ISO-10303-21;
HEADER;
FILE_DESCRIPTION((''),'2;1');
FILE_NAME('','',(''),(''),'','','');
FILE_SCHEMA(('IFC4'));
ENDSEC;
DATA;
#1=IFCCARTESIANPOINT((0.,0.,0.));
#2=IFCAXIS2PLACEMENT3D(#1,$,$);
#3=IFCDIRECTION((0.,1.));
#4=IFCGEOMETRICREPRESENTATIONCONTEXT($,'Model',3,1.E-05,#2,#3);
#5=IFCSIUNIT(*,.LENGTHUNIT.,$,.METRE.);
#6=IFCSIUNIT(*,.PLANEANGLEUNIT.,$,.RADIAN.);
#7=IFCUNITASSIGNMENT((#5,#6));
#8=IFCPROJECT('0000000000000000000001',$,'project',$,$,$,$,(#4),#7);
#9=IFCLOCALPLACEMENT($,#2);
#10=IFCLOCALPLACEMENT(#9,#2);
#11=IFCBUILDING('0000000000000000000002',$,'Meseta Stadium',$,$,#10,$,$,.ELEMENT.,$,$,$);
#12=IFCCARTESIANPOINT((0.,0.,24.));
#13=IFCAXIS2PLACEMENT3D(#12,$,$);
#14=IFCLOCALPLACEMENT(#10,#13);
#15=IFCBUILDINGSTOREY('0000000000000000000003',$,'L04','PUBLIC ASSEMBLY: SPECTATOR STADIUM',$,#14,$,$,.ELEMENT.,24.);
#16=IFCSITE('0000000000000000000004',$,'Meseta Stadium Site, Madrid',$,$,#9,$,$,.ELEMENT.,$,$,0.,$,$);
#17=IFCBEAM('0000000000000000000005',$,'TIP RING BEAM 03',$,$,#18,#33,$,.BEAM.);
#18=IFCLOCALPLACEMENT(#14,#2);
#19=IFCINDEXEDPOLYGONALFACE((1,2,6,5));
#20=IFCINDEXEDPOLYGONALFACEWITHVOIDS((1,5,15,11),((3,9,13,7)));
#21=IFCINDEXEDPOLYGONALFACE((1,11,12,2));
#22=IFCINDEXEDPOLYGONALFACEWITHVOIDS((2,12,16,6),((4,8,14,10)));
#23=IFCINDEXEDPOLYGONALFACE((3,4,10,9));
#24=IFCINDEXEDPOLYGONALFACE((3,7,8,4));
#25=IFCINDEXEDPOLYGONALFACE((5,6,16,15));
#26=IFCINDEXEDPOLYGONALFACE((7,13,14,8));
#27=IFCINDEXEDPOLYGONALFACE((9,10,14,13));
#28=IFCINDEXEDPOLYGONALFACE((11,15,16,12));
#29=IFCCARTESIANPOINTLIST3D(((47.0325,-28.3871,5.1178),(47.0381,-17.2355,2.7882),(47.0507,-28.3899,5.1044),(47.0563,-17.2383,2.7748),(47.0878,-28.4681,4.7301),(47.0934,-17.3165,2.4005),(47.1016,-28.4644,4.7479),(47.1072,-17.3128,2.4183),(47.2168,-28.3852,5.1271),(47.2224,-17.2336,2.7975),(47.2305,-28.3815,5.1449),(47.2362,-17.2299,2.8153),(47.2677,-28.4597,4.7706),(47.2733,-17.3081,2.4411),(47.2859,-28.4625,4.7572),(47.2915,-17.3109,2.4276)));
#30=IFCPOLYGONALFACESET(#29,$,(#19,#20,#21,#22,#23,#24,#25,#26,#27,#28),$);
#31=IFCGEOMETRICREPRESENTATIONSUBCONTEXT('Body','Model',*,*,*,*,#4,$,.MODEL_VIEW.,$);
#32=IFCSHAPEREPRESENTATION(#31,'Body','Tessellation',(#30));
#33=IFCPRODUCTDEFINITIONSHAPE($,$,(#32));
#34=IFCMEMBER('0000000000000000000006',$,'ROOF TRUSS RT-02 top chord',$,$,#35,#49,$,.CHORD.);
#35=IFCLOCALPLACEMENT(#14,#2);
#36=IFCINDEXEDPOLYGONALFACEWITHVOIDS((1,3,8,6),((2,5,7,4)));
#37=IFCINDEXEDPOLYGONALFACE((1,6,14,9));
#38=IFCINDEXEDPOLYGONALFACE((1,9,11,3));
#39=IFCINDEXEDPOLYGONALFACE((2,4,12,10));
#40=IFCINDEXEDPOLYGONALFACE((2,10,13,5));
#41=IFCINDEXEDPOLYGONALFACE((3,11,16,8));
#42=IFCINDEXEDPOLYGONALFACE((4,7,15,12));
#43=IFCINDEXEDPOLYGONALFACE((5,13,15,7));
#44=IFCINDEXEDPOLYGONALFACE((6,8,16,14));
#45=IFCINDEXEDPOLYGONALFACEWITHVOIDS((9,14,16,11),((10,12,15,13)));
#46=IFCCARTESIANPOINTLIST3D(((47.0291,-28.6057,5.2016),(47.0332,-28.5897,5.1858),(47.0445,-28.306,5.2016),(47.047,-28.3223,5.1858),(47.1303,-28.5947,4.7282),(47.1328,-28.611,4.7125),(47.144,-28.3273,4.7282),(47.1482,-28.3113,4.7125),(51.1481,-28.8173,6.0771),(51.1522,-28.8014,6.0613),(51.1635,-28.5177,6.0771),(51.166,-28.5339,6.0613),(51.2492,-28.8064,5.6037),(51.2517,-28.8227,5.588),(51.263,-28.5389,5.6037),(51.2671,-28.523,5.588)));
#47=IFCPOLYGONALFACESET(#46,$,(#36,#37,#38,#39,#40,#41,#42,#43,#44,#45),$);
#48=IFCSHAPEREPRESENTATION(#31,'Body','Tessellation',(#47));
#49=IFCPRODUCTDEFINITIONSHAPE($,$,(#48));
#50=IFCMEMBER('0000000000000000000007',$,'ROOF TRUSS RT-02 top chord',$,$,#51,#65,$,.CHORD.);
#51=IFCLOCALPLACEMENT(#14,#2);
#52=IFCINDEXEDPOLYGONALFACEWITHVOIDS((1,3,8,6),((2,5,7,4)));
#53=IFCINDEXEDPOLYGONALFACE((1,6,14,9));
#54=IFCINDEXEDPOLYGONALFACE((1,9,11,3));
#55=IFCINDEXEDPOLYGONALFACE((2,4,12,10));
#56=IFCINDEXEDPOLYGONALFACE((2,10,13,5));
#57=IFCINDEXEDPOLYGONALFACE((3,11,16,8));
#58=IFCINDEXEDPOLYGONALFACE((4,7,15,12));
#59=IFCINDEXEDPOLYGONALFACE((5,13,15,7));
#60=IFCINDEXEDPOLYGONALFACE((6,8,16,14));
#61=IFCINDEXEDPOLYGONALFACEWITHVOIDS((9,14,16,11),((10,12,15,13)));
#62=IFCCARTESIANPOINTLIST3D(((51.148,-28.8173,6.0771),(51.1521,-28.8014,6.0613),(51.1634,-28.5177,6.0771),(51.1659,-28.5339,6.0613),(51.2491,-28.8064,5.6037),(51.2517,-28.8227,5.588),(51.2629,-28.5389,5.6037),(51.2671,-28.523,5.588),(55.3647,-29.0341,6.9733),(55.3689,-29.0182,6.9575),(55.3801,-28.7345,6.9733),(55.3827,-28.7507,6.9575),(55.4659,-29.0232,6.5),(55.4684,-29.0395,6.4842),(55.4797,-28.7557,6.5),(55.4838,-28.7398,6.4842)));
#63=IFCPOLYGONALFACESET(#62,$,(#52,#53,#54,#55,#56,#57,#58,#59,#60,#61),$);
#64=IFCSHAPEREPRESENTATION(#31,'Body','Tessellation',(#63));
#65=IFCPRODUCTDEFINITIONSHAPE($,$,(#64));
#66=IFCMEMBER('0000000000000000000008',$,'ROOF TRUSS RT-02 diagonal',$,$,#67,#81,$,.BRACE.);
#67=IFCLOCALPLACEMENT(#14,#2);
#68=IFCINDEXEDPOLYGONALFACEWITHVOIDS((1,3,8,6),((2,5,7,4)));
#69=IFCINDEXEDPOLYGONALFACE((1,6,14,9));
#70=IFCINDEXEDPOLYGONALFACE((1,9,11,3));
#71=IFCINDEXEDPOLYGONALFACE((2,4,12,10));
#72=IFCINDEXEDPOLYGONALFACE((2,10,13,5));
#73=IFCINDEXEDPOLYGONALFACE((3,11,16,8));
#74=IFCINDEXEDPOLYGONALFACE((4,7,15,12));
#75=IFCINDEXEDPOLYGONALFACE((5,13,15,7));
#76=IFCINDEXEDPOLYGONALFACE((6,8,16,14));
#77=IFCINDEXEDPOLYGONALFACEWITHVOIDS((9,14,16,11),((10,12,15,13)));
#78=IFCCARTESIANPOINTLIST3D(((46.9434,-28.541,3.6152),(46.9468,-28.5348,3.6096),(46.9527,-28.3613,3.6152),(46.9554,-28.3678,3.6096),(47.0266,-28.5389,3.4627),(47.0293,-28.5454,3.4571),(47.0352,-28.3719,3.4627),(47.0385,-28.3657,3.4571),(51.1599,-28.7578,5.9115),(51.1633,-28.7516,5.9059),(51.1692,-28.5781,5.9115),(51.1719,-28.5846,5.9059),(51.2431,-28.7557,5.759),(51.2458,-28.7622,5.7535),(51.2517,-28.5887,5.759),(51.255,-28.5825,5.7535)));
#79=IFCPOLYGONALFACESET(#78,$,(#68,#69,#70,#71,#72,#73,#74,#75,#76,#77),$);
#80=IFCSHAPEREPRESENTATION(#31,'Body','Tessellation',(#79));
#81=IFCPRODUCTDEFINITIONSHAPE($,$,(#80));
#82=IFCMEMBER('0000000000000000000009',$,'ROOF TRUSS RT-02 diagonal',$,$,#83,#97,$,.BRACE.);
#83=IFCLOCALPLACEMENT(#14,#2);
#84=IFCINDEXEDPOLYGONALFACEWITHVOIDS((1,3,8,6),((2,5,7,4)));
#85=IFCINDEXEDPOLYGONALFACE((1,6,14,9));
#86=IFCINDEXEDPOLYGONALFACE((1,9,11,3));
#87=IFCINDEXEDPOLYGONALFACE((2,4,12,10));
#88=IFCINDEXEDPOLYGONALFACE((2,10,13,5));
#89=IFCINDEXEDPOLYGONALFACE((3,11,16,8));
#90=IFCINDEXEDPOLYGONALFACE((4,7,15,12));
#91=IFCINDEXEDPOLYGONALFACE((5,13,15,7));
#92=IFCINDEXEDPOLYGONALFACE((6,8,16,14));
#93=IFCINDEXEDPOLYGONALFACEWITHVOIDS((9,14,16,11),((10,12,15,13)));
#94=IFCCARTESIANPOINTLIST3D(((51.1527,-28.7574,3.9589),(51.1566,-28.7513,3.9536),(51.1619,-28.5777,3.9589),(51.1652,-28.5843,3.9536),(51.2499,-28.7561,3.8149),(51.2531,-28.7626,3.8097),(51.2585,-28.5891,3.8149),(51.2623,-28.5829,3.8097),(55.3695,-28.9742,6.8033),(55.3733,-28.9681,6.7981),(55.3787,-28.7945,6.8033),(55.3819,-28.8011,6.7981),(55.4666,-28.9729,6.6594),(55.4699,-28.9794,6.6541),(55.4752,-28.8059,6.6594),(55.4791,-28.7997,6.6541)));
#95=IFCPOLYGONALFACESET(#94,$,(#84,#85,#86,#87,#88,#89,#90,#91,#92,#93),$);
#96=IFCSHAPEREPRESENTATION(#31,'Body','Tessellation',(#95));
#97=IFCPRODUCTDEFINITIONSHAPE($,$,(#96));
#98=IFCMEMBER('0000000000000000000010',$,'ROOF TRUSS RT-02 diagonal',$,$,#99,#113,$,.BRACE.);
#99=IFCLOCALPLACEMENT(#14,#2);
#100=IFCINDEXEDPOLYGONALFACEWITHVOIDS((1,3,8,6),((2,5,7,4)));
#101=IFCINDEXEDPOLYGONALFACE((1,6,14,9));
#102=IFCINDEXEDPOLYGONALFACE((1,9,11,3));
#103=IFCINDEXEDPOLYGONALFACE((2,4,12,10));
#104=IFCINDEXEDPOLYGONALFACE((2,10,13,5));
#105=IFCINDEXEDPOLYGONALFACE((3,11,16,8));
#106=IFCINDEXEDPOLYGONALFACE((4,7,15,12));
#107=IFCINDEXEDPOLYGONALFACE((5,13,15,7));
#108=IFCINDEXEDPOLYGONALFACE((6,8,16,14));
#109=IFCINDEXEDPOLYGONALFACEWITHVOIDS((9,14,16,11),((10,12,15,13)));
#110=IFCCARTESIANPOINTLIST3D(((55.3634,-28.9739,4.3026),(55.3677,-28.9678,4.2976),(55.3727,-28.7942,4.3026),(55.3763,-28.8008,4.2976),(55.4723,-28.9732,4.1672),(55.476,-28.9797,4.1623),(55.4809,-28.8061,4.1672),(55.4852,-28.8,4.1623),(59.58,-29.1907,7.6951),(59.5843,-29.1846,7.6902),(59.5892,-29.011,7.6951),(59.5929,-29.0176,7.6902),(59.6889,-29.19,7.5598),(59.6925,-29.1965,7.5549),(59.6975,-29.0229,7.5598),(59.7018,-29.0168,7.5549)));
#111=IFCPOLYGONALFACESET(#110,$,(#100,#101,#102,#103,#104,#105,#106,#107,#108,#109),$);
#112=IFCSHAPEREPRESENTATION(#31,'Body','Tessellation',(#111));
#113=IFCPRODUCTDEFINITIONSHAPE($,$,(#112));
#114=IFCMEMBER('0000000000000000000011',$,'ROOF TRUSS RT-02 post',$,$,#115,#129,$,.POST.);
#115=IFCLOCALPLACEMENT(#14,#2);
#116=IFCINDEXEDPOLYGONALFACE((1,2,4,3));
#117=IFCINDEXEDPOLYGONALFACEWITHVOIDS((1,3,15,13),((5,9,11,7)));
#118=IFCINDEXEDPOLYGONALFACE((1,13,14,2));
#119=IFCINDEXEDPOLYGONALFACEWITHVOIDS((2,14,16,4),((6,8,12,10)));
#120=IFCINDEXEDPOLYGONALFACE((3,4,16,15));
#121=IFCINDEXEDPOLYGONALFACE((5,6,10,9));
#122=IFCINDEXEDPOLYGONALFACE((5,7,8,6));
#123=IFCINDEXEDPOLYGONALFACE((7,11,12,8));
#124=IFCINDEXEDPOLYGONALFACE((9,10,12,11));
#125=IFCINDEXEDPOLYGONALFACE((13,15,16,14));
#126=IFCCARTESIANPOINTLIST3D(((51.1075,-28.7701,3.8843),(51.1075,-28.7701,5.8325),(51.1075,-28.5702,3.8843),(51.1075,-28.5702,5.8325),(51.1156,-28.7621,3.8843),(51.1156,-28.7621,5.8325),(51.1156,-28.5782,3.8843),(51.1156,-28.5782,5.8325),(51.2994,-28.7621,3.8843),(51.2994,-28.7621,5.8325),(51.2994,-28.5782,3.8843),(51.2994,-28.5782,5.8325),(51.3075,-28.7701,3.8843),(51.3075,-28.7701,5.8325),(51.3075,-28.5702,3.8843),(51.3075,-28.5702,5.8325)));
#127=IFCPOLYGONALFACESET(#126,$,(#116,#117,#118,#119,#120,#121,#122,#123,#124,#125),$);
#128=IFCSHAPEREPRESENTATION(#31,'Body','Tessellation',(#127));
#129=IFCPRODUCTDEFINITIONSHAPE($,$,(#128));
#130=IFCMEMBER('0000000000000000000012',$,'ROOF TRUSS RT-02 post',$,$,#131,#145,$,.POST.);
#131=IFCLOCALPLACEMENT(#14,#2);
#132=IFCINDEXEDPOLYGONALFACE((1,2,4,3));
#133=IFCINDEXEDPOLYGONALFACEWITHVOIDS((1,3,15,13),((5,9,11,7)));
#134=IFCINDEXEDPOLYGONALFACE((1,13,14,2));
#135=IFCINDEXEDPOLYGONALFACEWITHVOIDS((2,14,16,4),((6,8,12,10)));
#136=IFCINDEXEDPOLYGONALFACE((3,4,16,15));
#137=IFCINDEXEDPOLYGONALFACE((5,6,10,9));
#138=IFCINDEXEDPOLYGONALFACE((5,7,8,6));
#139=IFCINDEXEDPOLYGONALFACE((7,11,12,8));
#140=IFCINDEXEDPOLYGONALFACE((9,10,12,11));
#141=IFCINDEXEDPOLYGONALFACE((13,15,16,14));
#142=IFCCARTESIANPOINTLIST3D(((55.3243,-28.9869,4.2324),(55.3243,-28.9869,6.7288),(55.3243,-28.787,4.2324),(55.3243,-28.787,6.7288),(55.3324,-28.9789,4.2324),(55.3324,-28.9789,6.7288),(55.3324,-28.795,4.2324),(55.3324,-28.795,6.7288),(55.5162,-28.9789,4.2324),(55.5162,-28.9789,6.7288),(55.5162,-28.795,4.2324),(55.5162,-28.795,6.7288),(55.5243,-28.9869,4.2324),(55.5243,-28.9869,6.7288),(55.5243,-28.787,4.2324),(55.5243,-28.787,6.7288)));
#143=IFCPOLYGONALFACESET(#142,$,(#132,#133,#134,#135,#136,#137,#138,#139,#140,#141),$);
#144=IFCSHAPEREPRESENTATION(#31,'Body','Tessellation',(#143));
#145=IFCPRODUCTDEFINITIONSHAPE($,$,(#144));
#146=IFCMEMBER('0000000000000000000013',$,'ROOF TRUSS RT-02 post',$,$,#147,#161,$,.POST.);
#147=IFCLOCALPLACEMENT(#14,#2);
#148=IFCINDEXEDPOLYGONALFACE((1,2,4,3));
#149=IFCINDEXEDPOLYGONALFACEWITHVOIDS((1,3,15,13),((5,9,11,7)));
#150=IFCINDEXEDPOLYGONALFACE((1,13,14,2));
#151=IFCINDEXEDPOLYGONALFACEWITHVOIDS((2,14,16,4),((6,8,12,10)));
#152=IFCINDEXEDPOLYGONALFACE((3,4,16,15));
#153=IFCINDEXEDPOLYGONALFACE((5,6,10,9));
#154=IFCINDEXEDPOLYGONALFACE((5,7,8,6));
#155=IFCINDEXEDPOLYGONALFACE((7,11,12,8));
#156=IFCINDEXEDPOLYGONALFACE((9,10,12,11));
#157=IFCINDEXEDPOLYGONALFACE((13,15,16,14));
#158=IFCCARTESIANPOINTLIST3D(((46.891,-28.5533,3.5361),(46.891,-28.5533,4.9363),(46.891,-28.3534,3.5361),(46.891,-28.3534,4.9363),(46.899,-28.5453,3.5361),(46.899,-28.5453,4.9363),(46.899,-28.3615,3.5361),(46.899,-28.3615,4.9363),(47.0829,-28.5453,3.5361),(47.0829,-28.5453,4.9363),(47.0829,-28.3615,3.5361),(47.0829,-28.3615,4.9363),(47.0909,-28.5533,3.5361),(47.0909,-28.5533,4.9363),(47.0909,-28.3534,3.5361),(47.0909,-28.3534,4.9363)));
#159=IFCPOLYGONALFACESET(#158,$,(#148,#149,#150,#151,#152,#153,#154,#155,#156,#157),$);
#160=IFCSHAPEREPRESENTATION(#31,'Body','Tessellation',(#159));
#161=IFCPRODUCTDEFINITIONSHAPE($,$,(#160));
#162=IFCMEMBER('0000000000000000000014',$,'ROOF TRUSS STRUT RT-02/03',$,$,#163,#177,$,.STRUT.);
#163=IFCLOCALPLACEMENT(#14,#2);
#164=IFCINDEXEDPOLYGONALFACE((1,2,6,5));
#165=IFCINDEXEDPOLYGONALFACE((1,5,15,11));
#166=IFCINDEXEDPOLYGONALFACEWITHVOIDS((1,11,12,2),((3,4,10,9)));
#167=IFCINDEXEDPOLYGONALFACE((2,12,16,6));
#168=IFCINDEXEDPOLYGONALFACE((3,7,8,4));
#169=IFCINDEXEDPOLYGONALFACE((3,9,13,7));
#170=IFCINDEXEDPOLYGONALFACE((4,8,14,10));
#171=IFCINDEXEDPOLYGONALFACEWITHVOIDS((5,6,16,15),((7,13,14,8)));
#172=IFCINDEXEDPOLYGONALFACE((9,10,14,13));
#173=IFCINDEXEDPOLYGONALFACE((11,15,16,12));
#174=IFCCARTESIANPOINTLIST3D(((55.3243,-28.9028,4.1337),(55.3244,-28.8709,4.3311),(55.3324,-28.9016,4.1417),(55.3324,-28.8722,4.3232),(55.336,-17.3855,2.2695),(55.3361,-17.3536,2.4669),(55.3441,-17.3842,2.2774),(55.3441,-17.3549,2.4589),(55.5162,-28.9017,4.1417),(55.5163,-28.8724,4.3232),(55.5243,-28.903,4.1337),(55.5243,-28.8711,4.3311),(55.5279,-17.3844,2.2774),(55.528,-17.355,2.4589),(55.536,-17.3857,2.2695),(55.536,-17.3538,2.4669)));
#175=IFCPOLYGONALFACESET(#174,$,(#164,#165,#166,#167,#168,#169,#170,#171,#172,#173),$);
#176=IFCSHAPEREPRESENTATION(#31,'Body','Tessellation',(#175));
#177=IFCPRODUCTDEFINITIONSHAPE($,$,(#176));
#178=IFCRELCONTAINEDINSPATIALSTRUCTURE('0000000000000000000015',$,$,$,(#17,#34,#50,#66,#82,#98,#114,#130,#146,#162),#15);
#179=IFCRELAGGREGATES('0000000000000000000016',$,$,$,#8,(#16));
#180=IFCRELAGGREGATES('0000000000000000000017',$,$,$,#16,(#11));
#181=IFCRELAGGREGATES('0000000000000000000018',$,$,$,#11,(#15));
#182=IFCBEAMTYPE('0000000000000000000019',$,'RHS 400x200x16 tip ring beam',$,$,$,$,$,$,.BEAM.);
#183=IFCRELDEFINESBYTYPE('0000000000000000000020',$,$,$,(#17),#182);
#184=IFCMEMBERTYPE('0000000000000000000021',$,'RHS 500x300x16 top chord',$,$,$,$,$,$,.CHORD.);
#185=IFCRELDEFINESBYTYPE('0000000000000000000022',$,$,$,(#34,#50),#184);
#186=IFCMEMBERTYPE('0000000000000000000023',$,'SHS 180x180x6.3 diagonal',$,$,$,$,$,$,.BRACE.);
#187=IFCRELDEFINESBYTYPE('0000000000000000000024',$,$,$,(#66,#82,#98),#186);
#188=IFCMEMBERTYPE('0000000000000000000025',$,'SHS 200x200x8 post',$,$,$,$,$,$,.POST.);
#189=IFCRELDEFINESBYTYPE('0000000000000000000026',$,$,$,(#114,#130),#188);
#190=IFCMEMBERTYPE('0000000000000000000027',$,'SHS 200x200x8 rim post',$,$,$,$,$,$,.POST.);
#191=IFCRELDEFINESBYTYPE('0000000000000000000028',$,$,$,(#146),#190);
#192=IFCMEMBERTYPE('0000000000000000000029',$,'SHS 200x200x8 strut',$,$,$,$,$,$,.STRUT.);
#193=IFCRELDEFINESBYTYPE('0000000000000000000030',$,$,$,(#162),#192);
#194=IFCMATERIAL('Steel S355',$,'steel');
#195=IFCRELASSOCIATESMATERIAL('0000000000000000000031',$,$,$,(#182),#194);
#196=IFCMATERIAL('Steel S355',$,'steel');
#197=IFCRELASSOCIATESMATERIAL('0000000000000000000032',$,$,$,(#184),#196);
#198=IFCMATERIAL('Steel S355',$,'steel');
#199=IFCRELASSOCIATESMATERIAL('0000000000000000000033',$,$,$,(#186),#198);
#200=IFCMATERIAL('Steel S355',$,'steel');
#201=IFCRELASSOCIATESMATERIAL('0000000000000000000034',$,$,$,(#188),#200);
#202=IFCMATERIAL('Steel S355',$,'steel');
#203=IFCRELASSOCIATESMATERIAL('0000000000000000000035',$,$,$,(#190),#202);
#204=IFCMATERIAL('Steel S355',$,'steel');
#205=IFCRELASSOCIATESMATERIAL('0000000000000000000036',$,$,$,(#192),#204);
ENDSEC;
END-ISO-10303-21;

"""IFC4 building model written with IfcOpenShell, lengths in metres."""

from ifc_helpers import new_model, si_unit, direction, frame, origin, origin_2d, place, context, subcontext, project, spatial, hollow_rectangle, extrude, material, material_profile, profile_set, type_object, element, save


model = new_model("IFC4")

# Units and contexts
model_context = context("Model", 3, precision=1e-05, world=origin(), true_north=direction((0.0, 1.0)))
body_context = subcontext(model_context, "Body", "Model", "MODEL_VIEW")
ifc_project = project(units=[si_unit("LENGTHUNIT", "METRE"), si_unit("PLANEANGLEUNIT", "RADIAN")], contexts=[model_context])

# Site, building, storey
site_placement = place(None, origin())
site = spatial("IfcSite", under=ifc_project, at=site_placement, Name="Meseta Stadium Site, Madrid", CompositionType="ELEMENT", RefElevation=0.0)
building_placement = place(site_placement, origin())
building = spatial("IfcBuilding", under=site, at=building_placement, Name="Meseta Stadium", CompositionType="ELEMENT")
storey_placement = place(building_placement, frame((0.0, 0.0, 24.0)))
storey = spatial("IfcBuildingStorey", under=building, at=storey_placement, Name="L04", Description="PUBLIC ASSEMBLY: SPECTATOR STADIUM", CompositionType="ELEMENT", Elevation=24.0)

# Beam
ifc_material_1 = material(Name="Steel S355", Category="steel")
ifc_material_profile_1 = material_profile(ifc_material_1, hollow_rectangle(XDim=0.2, YDim=0.3999, WallThickness=0.0161, at=origin_2d()), Name="RHS 400x200x16")
ifc_profile_set_1 = profile_set([ifc_material_profile_1], Name="Steel S355")
beam_type = type_object("IfcBeamType", Name="RHS 400x200x16 tip ring beam", PredefinedType="BEAM", material=ifc_profile_set_1)
beam_placement = place(storey_placement, frame((47.1592, -28.4248, 4.9375), z_axis=(0.000493, 0.978869, -0.204487), x_axis=(-0.990388, -0.027806, -0.135493)))
element("IfcBeam", 1, at=beam_placement, inside=storey, type_object=beam_type, Name="TIP RING BEAM 03", PredefinedType="BEAM", context=body_context, shape_type="SweptSolid", body=[
    extrude(hollow_rectangle(XDim=0.2, YDim=0.3999, WallThickness=0.0161, at=origin_2d()), origin(), (0.0, 0.0, 1.0), 11.3923),
])

# Members
ifc_material_2 = material(Name="Steel S355", Category="steel")
ifc_material_profile_2 = material_profile(ifc_material_2, hollow_rectangle(XDim=0.3, YDim=0.5, WallThickness=0.0161, at=origin_2d()), Name="RHS 500x300x16")
ifc_profile_set_2 = profile_set([ifc_material_profile_2], Name="Steel S355")
member_type_1 = type_object("IfcMemberType", Name="RHS 500x300x16 top chord", PredefinedType="CHORD", material=ifc_profile_set_2)
member_1_placement = place(storey_placement, frame((47.0886, -28.4585, 4.957), z_axis=(0.976915, -0.050204, 0.207647), x_axis=(0.051322, 0.998682, 0.0)))
element("IfcMember", 2, at=member_1_placement, inside=storey, type_object=member_type_1, Name="ROOF TRUSS RT-02 top chord", PredefinedType="CHORD", context=body_context, shape_type="SweptSolid", body=[
    extrude(hollow_rectangle(XDim=0.3, YDim=0.5, WallThickness=0.0161, at=origin_2d()), origin(), (0.0, 0.0, 1.0), 4.2163),
])
member_2_placement = place(storey_placement, frame((51.2075, -28.6702, 5.8325), z_axis=(0.976916, -0.050226, 0.207634), x_axis=(0.051345, 0.998681, 0.0)))
element("IfcMember", 3, at=member_2_placement, inside=storey, type_object=member_type_1, Name="ROOF TRUSS RT-02 top chord", PredefinedType="CHORD", context=body_context, shape_type="SweptSolid", body=[
    extrude(hollow_rectangle(XDim=0.3, YDim=0.5, WallThickness=0.0161, at=origin_2d()), origin(), (0.0, 0.0, 1.0), 4.3164),
])
ifc_material_3 = material(Name="Steel S355", Category="steel")
ifc_material_profile_3 = material_profile(ifc_material_3, hollow_rectangle(XDim=0.1799, YDim=0.1799, WallThickness=0.0063, at=origin_2d()), Name="SHS 180x180x6.3")
ifc_profile_set_3 = profile_set([ifc_material_profile_3], Name="Steel S355")
member_type_2 = type_object("IfcMemberType", Name="SHS 180x180x6.3 diagonal", PredefinedType="BRACE", material=ifc_profile_set_3)
member_3_placement = place(storey_placement, frame((46.991, -28.4534, 3.5361), z_axis=(0.877312, -0.045108, 0.477795), x_axis=(0.051348, 0.998681, 0.0)))
element("IfcMember", 4, at=member_3_placement, inside=storey, type_object=member_type_2, Name="ROOF TRUSS RT-02 diagonal", PredefinedType="BRACE", context=body_context, shape_type="SweptSolid", body=[
    extrude(hollow_rectangle(XDim=0.1799, YDim=0.1799, WallThickness=0.0063, at=origin_2d()), origin(), (0.0, 0.0, 1.0), 4.8062),
])
member_4_placement = place(storey_placement, frame((51.2075, -28.6702, 3.8843), z_axis=(0.828266, -0.042583, 0.558715), x_axis=(0.051345, 0.998681, 0.0)))
element("IfcMember", 5, at=member_4_placement, inside=storey, type_object=member_type_2, Name="ROOF TRUSS RT-02 diagonal", PredefinedType="BRACE", context=body_context, shape_type="SweptSolid", body=[
    extrude(hollow_rectangle(XDim=0.1799, YDim=0.1799, WallThickness=0.0063, at=origin_2d()), origin(), (0.0, 0.0, 1.0), 5.0911),
])
member_5_placement = place(storey_placement, frame((55.4243, -28.887, 4.2324), z_axis=(0.778499, -0.040027, 0.626369), x_axis=(0.051348, 0.998681, 0.0)))
element("IfcMember", 6, at=member_5_placement, inside=storey, type_object=member_type_2, Name="ROOF TRUSS RT-02 diagonal", PredefinedType="BRACE", context=body_context, shape_type="SweptSolid", body=[
    extrude(hollow_rectangle(XDim=0.1799, YDim=0.1799, WallThickness=0.0063, at=origin_2d()), origin(), (0.0, 0.0, 1.0), 5.4163),
])
ifc_material_4 = material(Name="Steel S355", Category="steel")
ifc_material_profile_4 = material_profile(ifc_material_4, hollow_rectangle(XDim=0.2, YDim=0.2, WallThickness=0.0081, at=origin_2d()), Name="SHS 200x200x8")
ifc_profile_set_4 = profile_set([ifc_material_profile_4], Name="Steel S355")
member_type_3 = type_object("IfcMemberType", Name="SHS 200x200x8 post", PredefinedType="POST", material=ifc_profile_set_4)
member_6_placement = place(storey_placement, frame((51.2075, -28.6702, 3.8843), z_axis=(0.0, 0.0, 1.0), x_axis=(1.0, 0.0, 0.0)))
element("IfcMember", 7, at=member_6_placement, inside=storey, type_object=member_type_3, Name="ROOF TRUSS RT-02 post", PredefinedType="POST", context=body_context, shape_type="SweptSolid", body=[
    extrude(hollow_rectangle(XDim=0.2, YDim=0.2, WallThickness=0.0081, at=origin_2d()), origin(), (0.0, 0.0, 1.0), 1.9482),
])
member_7_placement = place(storey_placement, frame((55.4243, -28.887, 4.2324), z_axis=(0.0, 0.0, 1.0), x_axis=(1.0, 0.0, 0.0)))
element("IfcMember", 8, at=member_7_placement, inside=storey, type_object=member_type_3, Name="ROOF TRUSS RT-02 post", PredefinedType="POST", context=body_context, shape_type="SweptSolid", body=[
    extrude(hollow_rectangle(XDim=0.2, YDim=0.2, WallThickness=0.0081, at=origin_2d()), origin(), (0.0, 0.0, 1.0), 2.4963),
])
ifc_material_5 = material(Name="Steel S355", Category="steel")
ifc_material_profile_5 = material_profile(ifc_material_5, hollow_rectangle(XDim=0.2, YDim=0.2, WallThickness=0.0081, at=origin_2d()), Name="SHS 200x200x8")
ifc_profile_set_5 = profile_set([ifc_material_profile_5], Name="Steel S355")
member_type_4 = type_object("IfcMemberType", Name="SHS 200x200x8 rim post", PredefinedType="POST", material=ifc_profile_set_5)
member_8_placement = place(storey_placement, frame((46.991, -28.4534, 3.5361), z_axis=(0.0, 0.0, 1.0), x_axis=(1.0, 0.0, 0.0)))
element("IfcMember", 9, at=member_8_placement, inside=storey, type_object=member_type_4, Name="ROOF TRUSS RT-02 post", PredefinedType="POST", context=body_context, shape_type="SweptSolid", body=[
    extrude(hollow_rectangle(XDim=0.2, YDim=0.2, WallThickness=0.0081, at=origin_2d()), origin(), (0.0, 0.0, 1.0), 1.4001),
])
ifc_material_6 = material(Name="Steel S355", Category="steel")
ifc_material_profile_6 = material_profile(ifc_material_6, hollow_rectangle(XDim=0.2, YDim=0.2, WallThickness=0.0081, at=origin_2d()), Name="SHS 200x200x8")
ifc_profile_set_6 = profile_set([ifc_material_profile_6], Name="Steel S355")
member_type_5 = type_object("IfcMemberType", Name="SHS 200x200x8 strut", PredefinedType="STRUT", material=ifc_profile_set_6)
member_9_placement = place(storey_placement, frame((55.4243, -28.887, 4.2324), z_axis=(0.001004, 0.987151, -0.159786), x_axis=(-0.999999, 0.001017, 0.0)))
element("IfcMember", 10, at=member_9_placement, inside=storey, type_object=member_type_5, Name="ROOF TRUSS STRUT RT-02/03", PredefinedType="STRUT", context=body_context, shape_type="SweptSolid", body=[
    extrude(hollow_rectangle(XDim=0.2, YDim=0.2, WallThickness=0.0081, at=origin_2d()), origin(), (0.0, 0.0, 1.0), 11.6672),
])

save(model, "model.ifc")
